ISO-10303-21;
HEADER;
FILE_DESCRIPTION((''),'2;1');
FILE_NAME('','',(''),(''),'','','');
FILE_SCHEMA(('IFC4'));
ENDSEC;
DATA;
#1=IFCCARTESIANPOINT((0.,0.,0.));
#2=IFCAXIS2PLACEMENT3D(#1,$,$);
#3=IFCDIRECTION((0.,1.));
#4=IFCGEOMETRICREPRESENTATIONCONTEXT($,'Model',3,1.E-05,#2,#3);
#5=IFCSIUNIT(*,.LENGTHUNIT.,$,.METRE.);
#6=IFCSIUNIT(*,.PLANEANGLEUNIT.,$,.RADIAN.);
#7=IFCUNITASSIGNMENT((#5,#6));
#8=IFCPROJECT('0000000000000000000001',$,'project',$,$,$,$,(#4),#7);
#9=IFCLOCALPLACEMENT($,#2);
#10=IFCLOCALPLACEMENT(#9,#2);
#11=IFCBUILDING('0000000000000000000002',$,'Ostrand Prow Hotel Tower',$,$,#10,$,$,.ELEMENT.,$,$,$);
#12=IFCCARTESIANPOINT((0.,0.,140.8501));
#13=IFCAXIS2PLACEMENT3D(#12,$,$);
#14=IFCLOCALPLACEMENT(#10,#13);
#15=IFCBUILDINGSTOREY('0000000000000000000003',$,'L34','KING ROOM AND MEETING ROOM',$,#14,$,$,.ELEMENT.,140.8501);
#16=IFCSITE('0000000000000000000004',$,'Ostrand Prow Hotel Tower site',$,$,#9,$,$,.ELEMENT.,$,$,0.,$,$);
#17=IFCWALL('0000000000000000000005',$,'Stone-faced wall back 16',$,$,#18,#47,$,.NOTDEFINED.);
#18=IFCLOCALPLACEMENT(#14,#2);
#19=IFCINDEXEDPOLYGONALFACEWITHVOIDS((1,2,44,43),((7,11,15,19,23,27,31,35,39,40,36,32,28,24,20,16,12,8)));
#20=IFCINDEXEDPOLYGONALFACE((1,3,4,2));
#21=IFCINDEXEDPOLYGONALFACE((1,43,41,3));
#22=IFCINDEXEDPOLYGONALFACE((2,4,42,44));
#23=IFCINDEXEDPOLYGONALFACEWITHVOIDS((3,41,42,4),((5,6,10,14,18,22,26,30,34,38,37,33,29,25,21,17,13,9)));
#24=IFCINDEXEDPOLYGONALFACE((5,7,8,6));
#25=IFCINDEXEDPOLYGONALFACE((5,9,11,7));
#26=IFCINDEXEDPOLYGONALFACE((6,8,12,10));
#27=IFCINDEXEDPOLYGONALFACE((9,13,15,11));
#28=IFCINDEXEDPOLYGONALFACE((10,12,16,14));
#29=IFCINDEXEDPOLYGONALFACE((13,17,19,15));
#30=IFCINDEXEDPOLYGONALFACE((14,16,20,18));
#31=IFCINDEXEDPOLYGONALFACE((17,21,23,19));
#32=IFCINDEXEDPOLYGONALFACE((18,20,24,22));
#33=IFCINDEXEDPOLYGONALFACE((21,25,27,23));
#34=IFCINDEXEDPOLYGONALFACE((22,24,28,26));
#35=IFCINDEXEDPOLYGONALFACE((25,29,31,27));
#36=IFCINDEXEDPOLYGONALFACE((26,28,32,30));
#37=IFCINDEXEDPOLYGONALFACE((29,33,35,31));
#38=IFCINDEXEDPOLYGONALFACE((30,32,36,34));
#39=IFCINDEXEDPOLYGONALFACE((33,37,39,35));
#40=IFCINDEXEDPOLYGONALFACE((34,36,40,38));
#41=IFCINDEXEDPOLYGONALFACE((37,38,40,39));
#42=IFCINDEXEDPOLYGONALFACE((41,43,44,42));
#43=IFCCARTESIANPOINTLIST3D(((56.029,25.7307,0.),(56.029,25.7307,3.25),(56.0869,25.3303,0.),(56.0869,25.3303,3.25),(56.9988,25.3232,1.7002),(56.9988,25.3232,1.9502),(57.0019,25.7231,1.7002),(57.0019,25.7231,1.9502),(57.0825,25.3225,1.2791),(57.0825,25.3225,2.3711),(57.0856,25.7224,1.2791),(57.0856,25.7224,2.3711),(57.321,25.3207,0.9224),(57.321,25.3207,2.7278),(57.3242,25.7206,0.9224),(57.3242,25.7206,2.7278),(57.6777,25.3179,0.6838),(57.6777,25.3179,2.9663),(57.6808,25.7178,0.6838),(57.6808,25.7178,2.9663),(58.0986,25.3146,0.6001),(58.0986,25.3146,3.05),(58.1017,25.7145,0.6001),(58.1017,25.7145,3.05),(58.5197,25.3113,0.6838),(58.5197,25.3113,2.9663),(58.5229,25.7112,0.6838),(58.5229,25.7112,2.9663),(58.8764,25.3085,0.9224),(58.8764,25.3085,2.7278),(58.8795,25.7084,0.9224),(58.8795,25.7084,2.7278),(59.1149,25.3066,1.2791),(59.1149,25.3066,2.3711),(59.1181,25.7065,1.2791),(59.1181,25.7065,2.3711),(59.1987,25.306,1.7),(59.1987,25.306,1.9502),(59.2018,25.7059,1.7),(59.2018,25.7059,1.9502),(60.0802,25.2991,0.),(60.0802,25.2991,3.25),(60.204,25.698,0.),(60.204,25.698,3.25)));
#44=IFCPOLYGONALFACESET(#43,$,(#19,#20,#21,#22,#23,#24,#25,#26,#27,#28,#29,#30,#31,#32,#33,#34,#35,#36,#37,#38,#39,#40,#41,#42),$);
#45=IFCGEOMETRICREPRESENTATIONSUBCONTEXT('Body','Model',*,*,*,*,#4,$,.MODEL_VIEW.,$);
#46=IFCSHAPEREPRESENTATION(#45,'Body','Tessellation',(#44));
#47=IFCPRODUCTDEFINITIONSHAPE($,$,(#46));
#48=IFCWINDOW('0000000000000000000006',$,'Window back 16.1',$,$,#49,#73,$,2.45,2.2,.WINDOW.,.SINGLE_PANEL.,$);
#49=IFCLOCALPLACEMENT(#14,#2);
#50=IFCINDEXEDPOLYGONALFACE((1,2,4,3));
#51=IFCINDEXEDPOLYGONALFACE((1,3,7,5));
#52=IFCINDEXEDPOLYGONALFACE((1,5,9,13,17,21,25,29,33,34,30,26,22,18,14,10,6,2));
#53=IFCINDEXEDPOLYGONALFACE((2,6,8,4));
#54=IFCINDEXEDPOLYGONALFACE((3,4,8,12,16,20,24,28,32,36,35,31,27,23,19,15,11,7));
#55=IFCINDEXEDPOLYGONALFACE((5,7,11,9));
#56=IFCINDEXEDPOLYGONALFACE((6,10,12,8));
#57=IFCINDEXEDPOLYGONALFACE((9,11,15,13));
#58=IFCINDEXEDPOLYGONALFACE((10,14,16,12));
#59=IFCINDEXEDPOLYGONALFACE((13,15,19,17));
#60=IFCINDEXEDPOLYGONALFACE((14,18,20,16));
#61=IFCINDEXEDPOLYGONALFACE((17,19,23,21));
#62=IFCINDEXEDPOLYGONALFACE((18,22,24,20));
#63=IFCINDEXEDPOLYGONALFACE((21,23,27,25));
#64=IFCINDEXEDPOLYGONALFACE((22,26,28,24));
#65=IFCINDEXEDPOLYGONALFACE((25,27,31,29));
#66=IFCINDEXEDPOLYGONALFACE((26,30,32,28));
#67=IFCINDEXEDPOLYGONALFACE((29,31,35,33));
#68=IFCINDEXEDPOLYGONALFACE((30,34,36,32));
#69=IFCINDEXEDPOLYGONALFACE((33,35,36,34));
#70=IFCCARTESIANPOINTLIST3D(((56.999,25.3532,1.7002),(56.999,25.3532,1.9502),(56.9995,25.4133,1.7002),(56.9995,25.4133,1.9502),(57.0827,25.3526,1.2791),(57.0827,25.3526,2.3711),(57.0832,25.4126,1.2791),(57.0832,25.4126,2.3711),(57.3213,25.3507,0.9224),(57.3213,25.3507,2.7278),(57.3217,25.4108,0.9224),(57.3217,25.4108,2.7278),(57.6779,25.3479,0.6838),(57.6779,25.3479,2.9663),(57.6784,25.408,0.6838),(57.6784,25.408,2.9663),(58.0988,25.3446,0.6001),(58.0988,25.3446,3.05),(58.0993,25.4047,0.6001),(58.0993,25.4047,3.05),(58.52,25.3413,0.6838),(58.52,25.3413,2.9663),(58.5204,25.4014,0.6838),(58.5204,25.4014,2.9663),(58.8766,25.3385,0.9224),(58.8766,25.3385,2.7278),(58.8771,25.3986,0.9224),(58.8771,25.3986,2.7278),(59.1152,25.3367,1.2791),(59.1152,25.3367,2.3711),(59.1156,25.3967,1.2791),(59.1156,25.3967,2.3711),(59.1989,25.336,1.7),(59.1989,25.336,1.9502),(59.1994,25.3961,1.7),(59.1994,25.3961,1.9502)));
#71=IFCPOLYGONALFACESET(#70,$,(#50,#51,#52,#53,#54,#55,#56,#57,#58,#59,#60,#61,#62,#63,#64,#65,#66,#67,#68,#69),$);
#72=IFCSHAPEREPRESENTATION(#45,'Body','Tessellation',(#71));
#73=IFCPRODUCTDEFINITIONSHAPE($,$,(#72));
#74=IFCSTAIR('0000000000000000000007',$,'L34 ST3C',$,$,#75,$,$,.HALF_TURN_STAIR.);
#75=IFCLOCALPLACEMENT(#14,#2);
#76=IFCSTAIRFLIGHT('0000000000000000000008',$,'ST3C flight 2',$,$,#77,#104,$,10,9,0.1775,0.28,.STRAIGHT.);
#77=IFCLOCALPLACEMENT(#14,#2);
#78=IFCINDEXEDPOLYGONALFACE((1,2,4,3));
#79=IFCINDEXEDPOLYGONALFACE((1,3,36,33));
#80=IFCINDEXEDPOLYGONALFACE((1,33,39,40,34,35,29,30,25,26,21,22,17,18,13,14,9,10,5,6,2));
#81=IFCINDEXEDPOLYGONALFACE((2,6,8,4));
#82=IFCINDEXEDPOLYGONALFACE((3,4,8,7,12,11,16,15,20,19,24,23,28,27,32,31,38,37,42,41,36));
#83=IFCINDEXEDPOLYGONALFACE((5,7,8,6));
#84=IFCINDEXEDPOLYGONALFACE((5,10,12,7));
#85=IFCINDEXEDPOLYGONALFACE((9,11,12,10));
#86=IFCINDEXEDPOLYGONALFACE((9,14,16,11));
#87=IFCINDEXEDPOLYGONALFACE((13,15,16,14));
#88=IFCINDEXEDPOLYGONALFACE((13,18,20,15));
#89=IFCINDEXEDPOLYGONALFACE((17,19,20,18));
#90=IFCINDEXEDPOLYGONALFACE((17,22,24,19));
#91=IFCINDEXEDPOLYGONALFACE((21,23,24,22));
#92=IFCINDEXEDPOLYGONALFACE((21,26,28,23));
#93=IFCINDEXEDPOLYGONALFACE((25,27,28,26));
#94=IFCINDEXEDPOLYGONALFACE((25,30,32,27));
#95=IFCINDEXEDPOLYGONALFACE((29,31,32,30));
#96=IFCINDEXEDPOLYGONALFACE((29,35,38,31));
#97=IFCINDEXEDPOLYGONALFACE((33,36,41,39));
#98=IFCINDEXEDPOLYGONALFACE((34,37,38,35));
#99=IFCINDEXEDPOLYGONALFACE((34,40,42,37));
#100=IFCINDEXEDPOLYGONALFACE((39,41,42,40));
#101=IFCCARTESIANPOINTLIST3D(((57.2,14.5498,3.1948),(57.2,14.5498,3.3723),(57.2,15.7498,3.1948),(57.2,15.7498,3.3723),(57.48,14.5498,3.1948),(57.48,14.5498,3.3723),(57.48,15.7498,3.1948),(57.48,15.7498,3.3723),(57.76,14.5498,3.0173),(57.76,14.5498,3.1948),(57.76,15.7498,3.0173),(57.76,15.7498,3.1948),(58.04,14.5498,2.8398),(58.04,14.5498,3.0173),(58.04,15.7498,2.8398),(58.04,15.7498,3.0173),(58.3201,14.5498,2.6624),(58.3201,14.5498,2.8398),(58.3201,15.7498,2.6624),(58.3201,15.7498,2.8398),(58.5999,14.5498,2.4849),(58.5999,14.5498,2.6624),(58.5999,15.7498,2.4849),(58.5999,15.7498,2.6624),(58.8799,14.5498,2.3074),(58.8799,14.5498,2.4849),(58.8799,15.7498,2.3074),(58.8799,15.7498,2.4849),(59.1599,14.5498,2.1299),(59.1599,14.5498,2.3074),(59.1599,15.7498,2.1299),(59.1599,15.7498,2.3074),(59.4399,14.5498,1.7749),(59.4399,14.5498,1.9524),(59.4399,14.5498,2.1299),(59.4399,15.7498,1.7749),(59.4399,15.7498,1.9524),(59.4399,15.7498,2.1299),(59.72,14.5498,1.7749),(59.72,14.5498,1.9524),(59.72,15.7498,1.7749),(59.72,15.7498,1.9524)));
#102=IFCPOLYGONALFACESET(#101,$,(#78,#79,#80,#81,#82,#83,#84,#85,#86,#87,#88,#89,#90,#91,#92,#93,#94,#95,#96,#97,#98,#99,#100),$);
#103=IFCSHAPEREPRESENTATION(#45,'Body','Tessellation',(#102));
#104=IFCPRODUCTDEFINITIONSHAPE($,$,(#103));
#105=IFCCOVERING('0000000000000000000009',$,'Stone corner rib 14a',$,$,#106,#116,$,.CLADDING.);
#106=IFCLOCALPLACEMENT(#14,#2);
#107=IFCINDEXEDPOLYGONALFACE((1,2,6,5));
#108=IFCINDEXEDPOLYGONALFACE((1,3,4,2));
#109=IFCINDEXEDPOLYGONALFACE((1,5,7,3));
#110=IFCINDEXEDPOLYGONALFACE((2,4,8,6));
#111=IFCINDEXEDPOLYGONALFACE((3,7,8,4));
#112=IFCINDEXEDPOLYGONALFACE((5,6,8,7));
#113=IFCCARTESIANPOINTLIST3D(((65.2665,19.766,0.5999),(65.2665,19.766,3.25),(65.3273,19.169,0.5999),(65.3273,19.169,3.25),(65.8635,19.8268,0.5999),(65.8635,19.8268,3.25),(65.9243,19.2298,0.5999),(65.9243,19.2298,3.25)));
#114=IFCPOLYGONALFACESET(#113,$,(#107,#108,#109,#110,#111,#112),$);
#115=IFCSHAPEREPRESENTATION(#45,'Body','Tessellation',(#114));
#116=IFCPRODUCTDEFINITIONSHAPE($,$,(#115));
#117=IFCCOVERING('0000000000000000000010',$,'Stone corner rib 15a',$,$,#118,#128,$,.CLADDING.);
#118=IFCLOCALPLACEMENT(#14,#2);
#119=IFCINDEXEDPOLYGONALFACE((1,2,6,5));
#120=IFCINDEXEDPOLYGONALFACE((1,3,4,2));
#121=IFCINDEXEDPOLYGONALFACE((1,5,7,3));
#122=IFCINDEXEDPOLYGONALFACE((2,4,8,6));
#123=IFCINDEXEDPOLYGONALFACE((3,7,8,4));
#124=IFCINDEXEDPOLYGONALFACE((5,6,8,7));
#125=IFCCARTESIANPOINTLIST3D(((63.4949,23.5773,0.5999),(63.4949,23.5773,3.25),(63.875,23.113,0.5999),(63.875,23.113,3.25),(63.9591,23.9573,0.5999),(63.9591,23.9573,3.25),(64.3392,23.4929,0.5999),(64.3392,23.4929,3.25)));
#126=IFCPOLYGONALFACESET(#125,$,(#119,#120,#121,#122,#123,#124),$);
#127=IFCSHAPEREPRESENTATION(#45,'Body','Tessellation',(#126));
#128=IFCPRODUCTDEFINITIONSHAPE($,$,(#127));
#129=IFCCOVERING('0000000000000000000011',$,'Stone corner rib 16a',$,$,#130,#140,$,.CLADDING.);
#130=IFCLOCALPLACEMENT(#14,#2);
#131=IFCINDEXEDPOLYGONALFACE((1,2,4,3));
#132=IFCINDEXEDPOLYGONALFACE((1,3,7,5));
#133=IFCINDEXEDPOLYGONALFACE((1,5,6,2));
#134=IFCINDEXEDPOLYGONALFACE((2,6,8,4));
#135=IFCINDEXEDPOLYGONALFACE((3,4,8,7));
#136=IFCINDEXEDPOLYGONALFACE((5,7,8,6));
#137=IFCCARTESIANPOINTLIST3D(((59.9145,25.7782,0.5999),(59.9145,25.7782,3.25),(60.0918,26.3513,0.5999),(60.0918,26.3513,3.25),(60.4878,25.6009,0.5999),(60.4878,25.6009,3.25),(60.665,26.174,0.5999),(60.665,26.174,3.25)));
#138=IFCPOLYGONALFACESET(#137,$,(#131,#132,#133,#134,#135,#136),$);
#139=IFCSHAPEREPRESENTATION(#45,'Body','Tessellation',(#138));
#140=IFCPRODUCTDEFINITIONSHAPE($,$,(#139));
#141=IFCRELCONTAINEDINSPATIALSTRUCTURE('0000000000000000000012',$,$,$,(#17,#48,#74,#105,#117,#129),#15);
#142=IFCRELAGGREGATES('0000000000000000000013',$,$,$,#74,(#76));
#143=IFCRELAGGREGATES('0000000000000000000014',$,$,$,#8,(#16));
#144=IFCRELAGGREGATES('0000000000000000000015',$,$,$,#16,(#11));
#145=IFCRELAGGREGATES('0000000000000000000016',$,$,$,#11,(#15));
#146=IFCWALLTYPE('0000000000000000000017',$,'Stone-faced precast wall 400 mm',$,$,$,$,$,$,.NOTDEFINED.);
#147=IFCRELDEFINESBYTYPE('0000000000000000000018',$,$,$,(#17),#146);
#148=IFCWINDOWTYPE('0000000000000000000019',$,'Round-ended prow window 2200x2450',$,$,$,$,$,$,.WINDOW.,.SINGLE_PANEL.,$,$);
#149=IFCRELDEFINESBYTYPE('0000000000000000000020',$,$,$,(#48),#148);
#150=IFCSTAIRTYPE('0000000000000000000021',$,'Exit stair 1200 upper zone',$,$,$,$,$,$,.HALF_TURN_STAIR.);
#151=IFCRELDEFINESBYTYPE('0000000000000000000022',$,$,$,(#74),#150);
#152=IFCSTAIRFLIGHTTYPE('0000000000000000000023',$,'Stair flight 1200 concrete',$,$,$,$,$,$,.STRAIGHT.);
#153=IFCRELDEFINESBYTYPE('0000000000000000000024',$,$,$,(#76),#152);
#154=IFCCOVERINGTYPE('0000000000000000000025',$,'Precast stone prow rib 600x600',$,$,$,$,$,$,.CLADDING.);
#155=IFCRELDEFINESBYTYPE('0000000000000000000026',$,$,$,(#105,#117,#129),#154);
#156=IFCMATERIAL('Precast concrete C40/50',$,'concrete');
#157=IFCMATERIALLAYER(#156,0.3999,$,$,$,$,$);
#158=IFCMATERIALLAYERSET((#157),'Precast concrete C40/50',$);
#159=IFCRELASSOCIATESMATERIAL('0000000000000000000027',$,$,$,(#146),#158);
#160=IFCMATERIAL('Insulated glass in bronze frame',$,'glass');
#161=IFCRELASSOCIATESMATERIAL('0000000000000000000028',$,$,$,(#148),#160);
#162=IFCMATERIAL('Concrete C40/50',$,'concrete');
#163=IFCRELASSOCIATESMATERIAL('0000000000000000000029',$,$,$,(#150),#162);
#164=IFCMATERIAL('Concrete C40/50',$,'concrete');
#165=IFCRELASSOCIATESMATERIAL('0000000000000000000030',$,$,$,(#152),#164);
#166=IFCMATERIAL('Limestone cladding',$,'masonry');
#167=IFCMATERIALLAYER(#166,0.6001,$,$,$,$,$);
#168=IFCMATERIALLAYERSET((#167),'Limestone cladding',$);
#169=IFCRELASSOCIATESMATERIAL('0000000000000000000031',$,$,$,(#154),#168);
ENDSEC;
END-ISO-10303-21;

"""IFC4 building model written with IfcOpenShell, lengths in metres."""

from ifc_helpers import new_model, si_unit, direction, frame, frame_2d, origin, place, context, subcontext, project, spatial, polyline, rectangle, outline, extrude, material, layer, layer_set, type_object, element, fill, aggregate, save


model = new_model("IFC4")

# Units and contexts
model_context = context("Model", 3, precision=1e-05, world=origin(), true_north=direction((0.0, 1.0)))
body_context = subcontext(model_context, "Body", "Model", "MODEL_VIEW")
ifc_project = project(units=[si_unit("LENGTHUNIT", "METRE"), si_unit("PLANEANGLEUNIT", "RADIAN")], contexts=[model_context])

# Site, building, storey
site_placement = place(None, origin())
site = spatial("IfcSite", under=ifc_project, at=site_placement, Name="Ostrand Prow Hotel Tower site", CompositionType="ELEMENT", RefElevation=0.0)
building_placement = place(site_placement, origin())
building = spatial("IfcBuilding", under=site, at=building_placement, Name="Ostrand Prow Hotel Tower", CompositionType="ELEMENT")
storey_placement = place(building_placement, frame((0.0, 0.0, 140.8501)))
storey = spatial("IfcBuildingStorey", under=building, at=storey_placement, Name="L34", Description="KING ROOM AND MEETING ROOM", CompositionType="ELEMENT", Elevation=140.8501)

# Shared definitions
ifc_material_1 = material(Name="Precast concrete C40/50", Category="concrete")
ifc_layer_1 = layer(ifc_material_1, 0.3999)
ifc_layer_set_1 = layer_set([ifc_layer_1], Name="Precast concrete C40/50")
wall_type_1 = type_object("IfcWallType", Name="Stone-faced precast wall 400 mm", PredefinedType="NOTDEFINED", material=ifc_layer_set_1)

# Wall, opening, window
ifc_material_2 = material(Name="Insulated glass in bronze frame", Category="glass")
window_type = type_object("IfcWindowType", Name="Round-ended prow window 2200x2450", PartitioningType="SINGLE_PANEL", PredefinedType="WINDOW", material=ifc_material_2)
wall_1_placement = place(storey_placement, frame((60.1421, 25.4985, 0.0), z_axis=(0.0, 0.0, 1.0), x_axis=(-0.999969, 0.007831, 0.0)))
wall_1 = element("IfcWall", 1, at=wall_1_placement, inside=storey, type_object=wall_type_1, Name="Stone-faced wall back 16", PredefinedType="NOTDEFINED", context=body_context, shape_type="SweptSolid", body=[
    extrude(outline(polyline([(-0.0603, -0.2), (4.1147, -0.2), (4.0537, 0.2), (0.0603, 0.2), (-0.0603, -0.2)])), origin(), (0.0, 0.0, 1.0), 3.25),
])
opening_1_placement = place(wall_1_placement, frame((0.9419, 0.0, 0.6001)))
opening_1 = element("IfcOpeningElement", 2, at=opening_1_placement, cuts=wall_1, PredefinedType="OPENING", context=body_context, shape_type="SweptSolid", body=[
    extrude(outline(polyline([(0.0, 1.3501), (0.0837, 1.771), (0.3223, 2.1277), (0.679, 2.3662), (1.1001, 2.45), (1.521, 2.3662), (1.8777, 2.1277), (2.1162, 1.771), (2.2, 1.3501), (2.2, 1.1001), (2.1162, 0.679), (1.8777, 0.3223), (1.521, 0.0837), (1.1001, 0.0), (0.679, 0.0837), (0.3223, 0.3223), (0.0837, 0.679), (0.0, 1.0999), (0.0, 1.3501)])), frame((0.0, 0.21, 0.0), z_axis=(0.0, -1.0, 0.0), x_axis=(1.0, 0.0, 0.0)), (0.0, 0.0, 1.0), 0.4199),
])
window_1_placement = place(opening_1_placement, origin())
window_1 = element("IfcWindow", 3, at=window_1_placement, inside=storey, type_object=window_type, Name="Window back 16.1", OverallHeight=2.45, OverallWidth=2.2, PartitioningType="SINGLE_PANEL", PredefinedType="WINDOW", context=body_context, shape_type="SweptSolid", body=[
    extrude(outline(polyline([(0.0, 1.3501), (0.0837, 1.771), (0.3223, 2.1277), (0.679, 2.3662), (1.1001, 2.45), (1.521, 2.3662), (1.8777, 2.1277), (2.1162, 1.771), (2.2, 1.3501), (2.2, 1.1001), (2.1162, 0.679), (1.8777, 0.3223), (1.521, 0.0837), (1.1001, 0.0), (0.679, 0.0837), (0.3223, 0.3223), (0.0837, 0.679), (0.0, 1.0999), (0.0, 1.3501)])), frame((0.0, 0.1699, 0.0), z_axis=(0.0, -1.0, 0.0), x_axis=(1.0, 0.0, 0.0)), (0.0, 0.0, 1.0), 0.0601),
])
fill(opening_1, window_1)

# Stair, stair flight
ifc_material_3 = material(Name="Concrete C40/50", Category="concrete")
stair_type = type_object("IfcStairType", Name="Exit stair 1200 upper zone", PredefinedType="HALF_TURN_STAIR", material=ifc_material_3)
stair_placement = place(storey_placement, origin())
stair = element("IfcStair", 4, at=stair_placement, inside=storey, type_object=stair_type, Name="L34 ST3C", PredefinedType="HALF_TURN_STAIR")
ifc_material_4 = material(Name="Concrete C40/50", Category="concrete")
stair_flight_type = type_object("IfcStairFlightType", Name="Stair flight 1200 concrete", PredefinedType="STRAIGHT", material=ifc_material_4)
stair_flight_placement = place(storey_placement, frame((59.72, 15.1499, 1.7749), z_axis=(0.0, 0.0, 1.0), x_axis=(-1.0, 0.0, 0.0)))
stair_flight = element("IfcStairFlight", 5, at=stair_flight_placement, type_object=stair_flight_type, Name="ST3C flight 2", NumberOfRisers=10, NumberOfTreads=9, PredefinedType="STRAIGHT", RiserHeight=0.1775, TreadLength=0.28, context=body_context, shape_type="SweptSolid", body=[
    extrude(outline(polyline([(0.0, 0.0), (0.0, 0.1775), (0.28, 0.1775), (0.28, 0.355), (0.5601, 0.355), (0.5601, 0.5325), (0.8401, 0.5325), (0.8401, 0.71), (1.1201, 0.71), (1.1201, 0.8875), (1.3999, 0.8875), (1.3999, 1.0649), (1.6799, 1.0649), (1.6799, 1.2424), (1.96, 1.2424), (1.96, 1.4199), (2.24, 1.4199), (2.24, 1.5974), (2.52, 1.5974), (2.52, 1.7749), (2.52, 1.4199), (0.28, 0.0), (0.0, 0.0)])), frame((0.0, 0.6001, 0.0), z_axis=(0.0, -1.0, 0.0), x_axis=(1.0, 0.0, 0.0)), (0.0, 0.0, 1.0), 1.2),
])
aggregate(stair, [stair_flight])

# Coverings
ifc_material_5 = material(Name="Limestone cladding", Category="masonry")
ifc_layer_2 = layer(ifc_material_5, 0.6001)
ifc_layer_set_2 = layer_set([ifc_layer_2], Name="Limestone cladding")
covering_type = type_object("IfcCoveringType", Name="Precast stone prow rib 600x600", PredefinedType="CLADDING", material=ifc_layer_set_2)
covering_placement = place(storey_placement, frame((65.2969, 19.4675, 0.5999), z_axis=(0.0, 0.0, 1.0), x_axis=(0.994854, 0.101316, 0.0)))
element("IfcCovering", 6, at=covering_placement, inside=storey, type_object=covering_type, Name="Stone corner rib 14a", PredefinedType="CLADDING", context=body_context, shape_type="SweptSolid", body=[
    extrude(rectangle(XDim=0.6001, YDim=0.6001, at=frame_2d((0.3, 0.0))), origin(), (0.0, 0.0, 1.0), 2.6501),
])
for number, where, z_axis, x_axis, name in (
    (7, (63.6851, 23.3452, 0.5999), (0.0, 0.0, 1.0), (0.77383, 0.633393, 0.0), "Stone corner rib 15a"),
    (8, (60.2012, 25.6897, 0.5999), (0.0, 0.0, 1.0), (0.295516, 0.955338, 0.0), "Stone corner rib 16a"),
):
    element("IfcCovering", number, at=place(storey_placement, frame(where, z_axis=z_axis, x_axis=x_axis)), inside=storey, type_object=covering_type, Name=name, PredefinedType="CLADDING", context=body_context, shape_type="SweptSolid", body=[
        extrude(rectangle(XDim=0.5999, YDim=0.6001, at=frame_2d((0.2998, 0.0))), origin(), (0.0, 0.0, 1.0), 2.6501),
    ])

save(model, "model.ifc")
